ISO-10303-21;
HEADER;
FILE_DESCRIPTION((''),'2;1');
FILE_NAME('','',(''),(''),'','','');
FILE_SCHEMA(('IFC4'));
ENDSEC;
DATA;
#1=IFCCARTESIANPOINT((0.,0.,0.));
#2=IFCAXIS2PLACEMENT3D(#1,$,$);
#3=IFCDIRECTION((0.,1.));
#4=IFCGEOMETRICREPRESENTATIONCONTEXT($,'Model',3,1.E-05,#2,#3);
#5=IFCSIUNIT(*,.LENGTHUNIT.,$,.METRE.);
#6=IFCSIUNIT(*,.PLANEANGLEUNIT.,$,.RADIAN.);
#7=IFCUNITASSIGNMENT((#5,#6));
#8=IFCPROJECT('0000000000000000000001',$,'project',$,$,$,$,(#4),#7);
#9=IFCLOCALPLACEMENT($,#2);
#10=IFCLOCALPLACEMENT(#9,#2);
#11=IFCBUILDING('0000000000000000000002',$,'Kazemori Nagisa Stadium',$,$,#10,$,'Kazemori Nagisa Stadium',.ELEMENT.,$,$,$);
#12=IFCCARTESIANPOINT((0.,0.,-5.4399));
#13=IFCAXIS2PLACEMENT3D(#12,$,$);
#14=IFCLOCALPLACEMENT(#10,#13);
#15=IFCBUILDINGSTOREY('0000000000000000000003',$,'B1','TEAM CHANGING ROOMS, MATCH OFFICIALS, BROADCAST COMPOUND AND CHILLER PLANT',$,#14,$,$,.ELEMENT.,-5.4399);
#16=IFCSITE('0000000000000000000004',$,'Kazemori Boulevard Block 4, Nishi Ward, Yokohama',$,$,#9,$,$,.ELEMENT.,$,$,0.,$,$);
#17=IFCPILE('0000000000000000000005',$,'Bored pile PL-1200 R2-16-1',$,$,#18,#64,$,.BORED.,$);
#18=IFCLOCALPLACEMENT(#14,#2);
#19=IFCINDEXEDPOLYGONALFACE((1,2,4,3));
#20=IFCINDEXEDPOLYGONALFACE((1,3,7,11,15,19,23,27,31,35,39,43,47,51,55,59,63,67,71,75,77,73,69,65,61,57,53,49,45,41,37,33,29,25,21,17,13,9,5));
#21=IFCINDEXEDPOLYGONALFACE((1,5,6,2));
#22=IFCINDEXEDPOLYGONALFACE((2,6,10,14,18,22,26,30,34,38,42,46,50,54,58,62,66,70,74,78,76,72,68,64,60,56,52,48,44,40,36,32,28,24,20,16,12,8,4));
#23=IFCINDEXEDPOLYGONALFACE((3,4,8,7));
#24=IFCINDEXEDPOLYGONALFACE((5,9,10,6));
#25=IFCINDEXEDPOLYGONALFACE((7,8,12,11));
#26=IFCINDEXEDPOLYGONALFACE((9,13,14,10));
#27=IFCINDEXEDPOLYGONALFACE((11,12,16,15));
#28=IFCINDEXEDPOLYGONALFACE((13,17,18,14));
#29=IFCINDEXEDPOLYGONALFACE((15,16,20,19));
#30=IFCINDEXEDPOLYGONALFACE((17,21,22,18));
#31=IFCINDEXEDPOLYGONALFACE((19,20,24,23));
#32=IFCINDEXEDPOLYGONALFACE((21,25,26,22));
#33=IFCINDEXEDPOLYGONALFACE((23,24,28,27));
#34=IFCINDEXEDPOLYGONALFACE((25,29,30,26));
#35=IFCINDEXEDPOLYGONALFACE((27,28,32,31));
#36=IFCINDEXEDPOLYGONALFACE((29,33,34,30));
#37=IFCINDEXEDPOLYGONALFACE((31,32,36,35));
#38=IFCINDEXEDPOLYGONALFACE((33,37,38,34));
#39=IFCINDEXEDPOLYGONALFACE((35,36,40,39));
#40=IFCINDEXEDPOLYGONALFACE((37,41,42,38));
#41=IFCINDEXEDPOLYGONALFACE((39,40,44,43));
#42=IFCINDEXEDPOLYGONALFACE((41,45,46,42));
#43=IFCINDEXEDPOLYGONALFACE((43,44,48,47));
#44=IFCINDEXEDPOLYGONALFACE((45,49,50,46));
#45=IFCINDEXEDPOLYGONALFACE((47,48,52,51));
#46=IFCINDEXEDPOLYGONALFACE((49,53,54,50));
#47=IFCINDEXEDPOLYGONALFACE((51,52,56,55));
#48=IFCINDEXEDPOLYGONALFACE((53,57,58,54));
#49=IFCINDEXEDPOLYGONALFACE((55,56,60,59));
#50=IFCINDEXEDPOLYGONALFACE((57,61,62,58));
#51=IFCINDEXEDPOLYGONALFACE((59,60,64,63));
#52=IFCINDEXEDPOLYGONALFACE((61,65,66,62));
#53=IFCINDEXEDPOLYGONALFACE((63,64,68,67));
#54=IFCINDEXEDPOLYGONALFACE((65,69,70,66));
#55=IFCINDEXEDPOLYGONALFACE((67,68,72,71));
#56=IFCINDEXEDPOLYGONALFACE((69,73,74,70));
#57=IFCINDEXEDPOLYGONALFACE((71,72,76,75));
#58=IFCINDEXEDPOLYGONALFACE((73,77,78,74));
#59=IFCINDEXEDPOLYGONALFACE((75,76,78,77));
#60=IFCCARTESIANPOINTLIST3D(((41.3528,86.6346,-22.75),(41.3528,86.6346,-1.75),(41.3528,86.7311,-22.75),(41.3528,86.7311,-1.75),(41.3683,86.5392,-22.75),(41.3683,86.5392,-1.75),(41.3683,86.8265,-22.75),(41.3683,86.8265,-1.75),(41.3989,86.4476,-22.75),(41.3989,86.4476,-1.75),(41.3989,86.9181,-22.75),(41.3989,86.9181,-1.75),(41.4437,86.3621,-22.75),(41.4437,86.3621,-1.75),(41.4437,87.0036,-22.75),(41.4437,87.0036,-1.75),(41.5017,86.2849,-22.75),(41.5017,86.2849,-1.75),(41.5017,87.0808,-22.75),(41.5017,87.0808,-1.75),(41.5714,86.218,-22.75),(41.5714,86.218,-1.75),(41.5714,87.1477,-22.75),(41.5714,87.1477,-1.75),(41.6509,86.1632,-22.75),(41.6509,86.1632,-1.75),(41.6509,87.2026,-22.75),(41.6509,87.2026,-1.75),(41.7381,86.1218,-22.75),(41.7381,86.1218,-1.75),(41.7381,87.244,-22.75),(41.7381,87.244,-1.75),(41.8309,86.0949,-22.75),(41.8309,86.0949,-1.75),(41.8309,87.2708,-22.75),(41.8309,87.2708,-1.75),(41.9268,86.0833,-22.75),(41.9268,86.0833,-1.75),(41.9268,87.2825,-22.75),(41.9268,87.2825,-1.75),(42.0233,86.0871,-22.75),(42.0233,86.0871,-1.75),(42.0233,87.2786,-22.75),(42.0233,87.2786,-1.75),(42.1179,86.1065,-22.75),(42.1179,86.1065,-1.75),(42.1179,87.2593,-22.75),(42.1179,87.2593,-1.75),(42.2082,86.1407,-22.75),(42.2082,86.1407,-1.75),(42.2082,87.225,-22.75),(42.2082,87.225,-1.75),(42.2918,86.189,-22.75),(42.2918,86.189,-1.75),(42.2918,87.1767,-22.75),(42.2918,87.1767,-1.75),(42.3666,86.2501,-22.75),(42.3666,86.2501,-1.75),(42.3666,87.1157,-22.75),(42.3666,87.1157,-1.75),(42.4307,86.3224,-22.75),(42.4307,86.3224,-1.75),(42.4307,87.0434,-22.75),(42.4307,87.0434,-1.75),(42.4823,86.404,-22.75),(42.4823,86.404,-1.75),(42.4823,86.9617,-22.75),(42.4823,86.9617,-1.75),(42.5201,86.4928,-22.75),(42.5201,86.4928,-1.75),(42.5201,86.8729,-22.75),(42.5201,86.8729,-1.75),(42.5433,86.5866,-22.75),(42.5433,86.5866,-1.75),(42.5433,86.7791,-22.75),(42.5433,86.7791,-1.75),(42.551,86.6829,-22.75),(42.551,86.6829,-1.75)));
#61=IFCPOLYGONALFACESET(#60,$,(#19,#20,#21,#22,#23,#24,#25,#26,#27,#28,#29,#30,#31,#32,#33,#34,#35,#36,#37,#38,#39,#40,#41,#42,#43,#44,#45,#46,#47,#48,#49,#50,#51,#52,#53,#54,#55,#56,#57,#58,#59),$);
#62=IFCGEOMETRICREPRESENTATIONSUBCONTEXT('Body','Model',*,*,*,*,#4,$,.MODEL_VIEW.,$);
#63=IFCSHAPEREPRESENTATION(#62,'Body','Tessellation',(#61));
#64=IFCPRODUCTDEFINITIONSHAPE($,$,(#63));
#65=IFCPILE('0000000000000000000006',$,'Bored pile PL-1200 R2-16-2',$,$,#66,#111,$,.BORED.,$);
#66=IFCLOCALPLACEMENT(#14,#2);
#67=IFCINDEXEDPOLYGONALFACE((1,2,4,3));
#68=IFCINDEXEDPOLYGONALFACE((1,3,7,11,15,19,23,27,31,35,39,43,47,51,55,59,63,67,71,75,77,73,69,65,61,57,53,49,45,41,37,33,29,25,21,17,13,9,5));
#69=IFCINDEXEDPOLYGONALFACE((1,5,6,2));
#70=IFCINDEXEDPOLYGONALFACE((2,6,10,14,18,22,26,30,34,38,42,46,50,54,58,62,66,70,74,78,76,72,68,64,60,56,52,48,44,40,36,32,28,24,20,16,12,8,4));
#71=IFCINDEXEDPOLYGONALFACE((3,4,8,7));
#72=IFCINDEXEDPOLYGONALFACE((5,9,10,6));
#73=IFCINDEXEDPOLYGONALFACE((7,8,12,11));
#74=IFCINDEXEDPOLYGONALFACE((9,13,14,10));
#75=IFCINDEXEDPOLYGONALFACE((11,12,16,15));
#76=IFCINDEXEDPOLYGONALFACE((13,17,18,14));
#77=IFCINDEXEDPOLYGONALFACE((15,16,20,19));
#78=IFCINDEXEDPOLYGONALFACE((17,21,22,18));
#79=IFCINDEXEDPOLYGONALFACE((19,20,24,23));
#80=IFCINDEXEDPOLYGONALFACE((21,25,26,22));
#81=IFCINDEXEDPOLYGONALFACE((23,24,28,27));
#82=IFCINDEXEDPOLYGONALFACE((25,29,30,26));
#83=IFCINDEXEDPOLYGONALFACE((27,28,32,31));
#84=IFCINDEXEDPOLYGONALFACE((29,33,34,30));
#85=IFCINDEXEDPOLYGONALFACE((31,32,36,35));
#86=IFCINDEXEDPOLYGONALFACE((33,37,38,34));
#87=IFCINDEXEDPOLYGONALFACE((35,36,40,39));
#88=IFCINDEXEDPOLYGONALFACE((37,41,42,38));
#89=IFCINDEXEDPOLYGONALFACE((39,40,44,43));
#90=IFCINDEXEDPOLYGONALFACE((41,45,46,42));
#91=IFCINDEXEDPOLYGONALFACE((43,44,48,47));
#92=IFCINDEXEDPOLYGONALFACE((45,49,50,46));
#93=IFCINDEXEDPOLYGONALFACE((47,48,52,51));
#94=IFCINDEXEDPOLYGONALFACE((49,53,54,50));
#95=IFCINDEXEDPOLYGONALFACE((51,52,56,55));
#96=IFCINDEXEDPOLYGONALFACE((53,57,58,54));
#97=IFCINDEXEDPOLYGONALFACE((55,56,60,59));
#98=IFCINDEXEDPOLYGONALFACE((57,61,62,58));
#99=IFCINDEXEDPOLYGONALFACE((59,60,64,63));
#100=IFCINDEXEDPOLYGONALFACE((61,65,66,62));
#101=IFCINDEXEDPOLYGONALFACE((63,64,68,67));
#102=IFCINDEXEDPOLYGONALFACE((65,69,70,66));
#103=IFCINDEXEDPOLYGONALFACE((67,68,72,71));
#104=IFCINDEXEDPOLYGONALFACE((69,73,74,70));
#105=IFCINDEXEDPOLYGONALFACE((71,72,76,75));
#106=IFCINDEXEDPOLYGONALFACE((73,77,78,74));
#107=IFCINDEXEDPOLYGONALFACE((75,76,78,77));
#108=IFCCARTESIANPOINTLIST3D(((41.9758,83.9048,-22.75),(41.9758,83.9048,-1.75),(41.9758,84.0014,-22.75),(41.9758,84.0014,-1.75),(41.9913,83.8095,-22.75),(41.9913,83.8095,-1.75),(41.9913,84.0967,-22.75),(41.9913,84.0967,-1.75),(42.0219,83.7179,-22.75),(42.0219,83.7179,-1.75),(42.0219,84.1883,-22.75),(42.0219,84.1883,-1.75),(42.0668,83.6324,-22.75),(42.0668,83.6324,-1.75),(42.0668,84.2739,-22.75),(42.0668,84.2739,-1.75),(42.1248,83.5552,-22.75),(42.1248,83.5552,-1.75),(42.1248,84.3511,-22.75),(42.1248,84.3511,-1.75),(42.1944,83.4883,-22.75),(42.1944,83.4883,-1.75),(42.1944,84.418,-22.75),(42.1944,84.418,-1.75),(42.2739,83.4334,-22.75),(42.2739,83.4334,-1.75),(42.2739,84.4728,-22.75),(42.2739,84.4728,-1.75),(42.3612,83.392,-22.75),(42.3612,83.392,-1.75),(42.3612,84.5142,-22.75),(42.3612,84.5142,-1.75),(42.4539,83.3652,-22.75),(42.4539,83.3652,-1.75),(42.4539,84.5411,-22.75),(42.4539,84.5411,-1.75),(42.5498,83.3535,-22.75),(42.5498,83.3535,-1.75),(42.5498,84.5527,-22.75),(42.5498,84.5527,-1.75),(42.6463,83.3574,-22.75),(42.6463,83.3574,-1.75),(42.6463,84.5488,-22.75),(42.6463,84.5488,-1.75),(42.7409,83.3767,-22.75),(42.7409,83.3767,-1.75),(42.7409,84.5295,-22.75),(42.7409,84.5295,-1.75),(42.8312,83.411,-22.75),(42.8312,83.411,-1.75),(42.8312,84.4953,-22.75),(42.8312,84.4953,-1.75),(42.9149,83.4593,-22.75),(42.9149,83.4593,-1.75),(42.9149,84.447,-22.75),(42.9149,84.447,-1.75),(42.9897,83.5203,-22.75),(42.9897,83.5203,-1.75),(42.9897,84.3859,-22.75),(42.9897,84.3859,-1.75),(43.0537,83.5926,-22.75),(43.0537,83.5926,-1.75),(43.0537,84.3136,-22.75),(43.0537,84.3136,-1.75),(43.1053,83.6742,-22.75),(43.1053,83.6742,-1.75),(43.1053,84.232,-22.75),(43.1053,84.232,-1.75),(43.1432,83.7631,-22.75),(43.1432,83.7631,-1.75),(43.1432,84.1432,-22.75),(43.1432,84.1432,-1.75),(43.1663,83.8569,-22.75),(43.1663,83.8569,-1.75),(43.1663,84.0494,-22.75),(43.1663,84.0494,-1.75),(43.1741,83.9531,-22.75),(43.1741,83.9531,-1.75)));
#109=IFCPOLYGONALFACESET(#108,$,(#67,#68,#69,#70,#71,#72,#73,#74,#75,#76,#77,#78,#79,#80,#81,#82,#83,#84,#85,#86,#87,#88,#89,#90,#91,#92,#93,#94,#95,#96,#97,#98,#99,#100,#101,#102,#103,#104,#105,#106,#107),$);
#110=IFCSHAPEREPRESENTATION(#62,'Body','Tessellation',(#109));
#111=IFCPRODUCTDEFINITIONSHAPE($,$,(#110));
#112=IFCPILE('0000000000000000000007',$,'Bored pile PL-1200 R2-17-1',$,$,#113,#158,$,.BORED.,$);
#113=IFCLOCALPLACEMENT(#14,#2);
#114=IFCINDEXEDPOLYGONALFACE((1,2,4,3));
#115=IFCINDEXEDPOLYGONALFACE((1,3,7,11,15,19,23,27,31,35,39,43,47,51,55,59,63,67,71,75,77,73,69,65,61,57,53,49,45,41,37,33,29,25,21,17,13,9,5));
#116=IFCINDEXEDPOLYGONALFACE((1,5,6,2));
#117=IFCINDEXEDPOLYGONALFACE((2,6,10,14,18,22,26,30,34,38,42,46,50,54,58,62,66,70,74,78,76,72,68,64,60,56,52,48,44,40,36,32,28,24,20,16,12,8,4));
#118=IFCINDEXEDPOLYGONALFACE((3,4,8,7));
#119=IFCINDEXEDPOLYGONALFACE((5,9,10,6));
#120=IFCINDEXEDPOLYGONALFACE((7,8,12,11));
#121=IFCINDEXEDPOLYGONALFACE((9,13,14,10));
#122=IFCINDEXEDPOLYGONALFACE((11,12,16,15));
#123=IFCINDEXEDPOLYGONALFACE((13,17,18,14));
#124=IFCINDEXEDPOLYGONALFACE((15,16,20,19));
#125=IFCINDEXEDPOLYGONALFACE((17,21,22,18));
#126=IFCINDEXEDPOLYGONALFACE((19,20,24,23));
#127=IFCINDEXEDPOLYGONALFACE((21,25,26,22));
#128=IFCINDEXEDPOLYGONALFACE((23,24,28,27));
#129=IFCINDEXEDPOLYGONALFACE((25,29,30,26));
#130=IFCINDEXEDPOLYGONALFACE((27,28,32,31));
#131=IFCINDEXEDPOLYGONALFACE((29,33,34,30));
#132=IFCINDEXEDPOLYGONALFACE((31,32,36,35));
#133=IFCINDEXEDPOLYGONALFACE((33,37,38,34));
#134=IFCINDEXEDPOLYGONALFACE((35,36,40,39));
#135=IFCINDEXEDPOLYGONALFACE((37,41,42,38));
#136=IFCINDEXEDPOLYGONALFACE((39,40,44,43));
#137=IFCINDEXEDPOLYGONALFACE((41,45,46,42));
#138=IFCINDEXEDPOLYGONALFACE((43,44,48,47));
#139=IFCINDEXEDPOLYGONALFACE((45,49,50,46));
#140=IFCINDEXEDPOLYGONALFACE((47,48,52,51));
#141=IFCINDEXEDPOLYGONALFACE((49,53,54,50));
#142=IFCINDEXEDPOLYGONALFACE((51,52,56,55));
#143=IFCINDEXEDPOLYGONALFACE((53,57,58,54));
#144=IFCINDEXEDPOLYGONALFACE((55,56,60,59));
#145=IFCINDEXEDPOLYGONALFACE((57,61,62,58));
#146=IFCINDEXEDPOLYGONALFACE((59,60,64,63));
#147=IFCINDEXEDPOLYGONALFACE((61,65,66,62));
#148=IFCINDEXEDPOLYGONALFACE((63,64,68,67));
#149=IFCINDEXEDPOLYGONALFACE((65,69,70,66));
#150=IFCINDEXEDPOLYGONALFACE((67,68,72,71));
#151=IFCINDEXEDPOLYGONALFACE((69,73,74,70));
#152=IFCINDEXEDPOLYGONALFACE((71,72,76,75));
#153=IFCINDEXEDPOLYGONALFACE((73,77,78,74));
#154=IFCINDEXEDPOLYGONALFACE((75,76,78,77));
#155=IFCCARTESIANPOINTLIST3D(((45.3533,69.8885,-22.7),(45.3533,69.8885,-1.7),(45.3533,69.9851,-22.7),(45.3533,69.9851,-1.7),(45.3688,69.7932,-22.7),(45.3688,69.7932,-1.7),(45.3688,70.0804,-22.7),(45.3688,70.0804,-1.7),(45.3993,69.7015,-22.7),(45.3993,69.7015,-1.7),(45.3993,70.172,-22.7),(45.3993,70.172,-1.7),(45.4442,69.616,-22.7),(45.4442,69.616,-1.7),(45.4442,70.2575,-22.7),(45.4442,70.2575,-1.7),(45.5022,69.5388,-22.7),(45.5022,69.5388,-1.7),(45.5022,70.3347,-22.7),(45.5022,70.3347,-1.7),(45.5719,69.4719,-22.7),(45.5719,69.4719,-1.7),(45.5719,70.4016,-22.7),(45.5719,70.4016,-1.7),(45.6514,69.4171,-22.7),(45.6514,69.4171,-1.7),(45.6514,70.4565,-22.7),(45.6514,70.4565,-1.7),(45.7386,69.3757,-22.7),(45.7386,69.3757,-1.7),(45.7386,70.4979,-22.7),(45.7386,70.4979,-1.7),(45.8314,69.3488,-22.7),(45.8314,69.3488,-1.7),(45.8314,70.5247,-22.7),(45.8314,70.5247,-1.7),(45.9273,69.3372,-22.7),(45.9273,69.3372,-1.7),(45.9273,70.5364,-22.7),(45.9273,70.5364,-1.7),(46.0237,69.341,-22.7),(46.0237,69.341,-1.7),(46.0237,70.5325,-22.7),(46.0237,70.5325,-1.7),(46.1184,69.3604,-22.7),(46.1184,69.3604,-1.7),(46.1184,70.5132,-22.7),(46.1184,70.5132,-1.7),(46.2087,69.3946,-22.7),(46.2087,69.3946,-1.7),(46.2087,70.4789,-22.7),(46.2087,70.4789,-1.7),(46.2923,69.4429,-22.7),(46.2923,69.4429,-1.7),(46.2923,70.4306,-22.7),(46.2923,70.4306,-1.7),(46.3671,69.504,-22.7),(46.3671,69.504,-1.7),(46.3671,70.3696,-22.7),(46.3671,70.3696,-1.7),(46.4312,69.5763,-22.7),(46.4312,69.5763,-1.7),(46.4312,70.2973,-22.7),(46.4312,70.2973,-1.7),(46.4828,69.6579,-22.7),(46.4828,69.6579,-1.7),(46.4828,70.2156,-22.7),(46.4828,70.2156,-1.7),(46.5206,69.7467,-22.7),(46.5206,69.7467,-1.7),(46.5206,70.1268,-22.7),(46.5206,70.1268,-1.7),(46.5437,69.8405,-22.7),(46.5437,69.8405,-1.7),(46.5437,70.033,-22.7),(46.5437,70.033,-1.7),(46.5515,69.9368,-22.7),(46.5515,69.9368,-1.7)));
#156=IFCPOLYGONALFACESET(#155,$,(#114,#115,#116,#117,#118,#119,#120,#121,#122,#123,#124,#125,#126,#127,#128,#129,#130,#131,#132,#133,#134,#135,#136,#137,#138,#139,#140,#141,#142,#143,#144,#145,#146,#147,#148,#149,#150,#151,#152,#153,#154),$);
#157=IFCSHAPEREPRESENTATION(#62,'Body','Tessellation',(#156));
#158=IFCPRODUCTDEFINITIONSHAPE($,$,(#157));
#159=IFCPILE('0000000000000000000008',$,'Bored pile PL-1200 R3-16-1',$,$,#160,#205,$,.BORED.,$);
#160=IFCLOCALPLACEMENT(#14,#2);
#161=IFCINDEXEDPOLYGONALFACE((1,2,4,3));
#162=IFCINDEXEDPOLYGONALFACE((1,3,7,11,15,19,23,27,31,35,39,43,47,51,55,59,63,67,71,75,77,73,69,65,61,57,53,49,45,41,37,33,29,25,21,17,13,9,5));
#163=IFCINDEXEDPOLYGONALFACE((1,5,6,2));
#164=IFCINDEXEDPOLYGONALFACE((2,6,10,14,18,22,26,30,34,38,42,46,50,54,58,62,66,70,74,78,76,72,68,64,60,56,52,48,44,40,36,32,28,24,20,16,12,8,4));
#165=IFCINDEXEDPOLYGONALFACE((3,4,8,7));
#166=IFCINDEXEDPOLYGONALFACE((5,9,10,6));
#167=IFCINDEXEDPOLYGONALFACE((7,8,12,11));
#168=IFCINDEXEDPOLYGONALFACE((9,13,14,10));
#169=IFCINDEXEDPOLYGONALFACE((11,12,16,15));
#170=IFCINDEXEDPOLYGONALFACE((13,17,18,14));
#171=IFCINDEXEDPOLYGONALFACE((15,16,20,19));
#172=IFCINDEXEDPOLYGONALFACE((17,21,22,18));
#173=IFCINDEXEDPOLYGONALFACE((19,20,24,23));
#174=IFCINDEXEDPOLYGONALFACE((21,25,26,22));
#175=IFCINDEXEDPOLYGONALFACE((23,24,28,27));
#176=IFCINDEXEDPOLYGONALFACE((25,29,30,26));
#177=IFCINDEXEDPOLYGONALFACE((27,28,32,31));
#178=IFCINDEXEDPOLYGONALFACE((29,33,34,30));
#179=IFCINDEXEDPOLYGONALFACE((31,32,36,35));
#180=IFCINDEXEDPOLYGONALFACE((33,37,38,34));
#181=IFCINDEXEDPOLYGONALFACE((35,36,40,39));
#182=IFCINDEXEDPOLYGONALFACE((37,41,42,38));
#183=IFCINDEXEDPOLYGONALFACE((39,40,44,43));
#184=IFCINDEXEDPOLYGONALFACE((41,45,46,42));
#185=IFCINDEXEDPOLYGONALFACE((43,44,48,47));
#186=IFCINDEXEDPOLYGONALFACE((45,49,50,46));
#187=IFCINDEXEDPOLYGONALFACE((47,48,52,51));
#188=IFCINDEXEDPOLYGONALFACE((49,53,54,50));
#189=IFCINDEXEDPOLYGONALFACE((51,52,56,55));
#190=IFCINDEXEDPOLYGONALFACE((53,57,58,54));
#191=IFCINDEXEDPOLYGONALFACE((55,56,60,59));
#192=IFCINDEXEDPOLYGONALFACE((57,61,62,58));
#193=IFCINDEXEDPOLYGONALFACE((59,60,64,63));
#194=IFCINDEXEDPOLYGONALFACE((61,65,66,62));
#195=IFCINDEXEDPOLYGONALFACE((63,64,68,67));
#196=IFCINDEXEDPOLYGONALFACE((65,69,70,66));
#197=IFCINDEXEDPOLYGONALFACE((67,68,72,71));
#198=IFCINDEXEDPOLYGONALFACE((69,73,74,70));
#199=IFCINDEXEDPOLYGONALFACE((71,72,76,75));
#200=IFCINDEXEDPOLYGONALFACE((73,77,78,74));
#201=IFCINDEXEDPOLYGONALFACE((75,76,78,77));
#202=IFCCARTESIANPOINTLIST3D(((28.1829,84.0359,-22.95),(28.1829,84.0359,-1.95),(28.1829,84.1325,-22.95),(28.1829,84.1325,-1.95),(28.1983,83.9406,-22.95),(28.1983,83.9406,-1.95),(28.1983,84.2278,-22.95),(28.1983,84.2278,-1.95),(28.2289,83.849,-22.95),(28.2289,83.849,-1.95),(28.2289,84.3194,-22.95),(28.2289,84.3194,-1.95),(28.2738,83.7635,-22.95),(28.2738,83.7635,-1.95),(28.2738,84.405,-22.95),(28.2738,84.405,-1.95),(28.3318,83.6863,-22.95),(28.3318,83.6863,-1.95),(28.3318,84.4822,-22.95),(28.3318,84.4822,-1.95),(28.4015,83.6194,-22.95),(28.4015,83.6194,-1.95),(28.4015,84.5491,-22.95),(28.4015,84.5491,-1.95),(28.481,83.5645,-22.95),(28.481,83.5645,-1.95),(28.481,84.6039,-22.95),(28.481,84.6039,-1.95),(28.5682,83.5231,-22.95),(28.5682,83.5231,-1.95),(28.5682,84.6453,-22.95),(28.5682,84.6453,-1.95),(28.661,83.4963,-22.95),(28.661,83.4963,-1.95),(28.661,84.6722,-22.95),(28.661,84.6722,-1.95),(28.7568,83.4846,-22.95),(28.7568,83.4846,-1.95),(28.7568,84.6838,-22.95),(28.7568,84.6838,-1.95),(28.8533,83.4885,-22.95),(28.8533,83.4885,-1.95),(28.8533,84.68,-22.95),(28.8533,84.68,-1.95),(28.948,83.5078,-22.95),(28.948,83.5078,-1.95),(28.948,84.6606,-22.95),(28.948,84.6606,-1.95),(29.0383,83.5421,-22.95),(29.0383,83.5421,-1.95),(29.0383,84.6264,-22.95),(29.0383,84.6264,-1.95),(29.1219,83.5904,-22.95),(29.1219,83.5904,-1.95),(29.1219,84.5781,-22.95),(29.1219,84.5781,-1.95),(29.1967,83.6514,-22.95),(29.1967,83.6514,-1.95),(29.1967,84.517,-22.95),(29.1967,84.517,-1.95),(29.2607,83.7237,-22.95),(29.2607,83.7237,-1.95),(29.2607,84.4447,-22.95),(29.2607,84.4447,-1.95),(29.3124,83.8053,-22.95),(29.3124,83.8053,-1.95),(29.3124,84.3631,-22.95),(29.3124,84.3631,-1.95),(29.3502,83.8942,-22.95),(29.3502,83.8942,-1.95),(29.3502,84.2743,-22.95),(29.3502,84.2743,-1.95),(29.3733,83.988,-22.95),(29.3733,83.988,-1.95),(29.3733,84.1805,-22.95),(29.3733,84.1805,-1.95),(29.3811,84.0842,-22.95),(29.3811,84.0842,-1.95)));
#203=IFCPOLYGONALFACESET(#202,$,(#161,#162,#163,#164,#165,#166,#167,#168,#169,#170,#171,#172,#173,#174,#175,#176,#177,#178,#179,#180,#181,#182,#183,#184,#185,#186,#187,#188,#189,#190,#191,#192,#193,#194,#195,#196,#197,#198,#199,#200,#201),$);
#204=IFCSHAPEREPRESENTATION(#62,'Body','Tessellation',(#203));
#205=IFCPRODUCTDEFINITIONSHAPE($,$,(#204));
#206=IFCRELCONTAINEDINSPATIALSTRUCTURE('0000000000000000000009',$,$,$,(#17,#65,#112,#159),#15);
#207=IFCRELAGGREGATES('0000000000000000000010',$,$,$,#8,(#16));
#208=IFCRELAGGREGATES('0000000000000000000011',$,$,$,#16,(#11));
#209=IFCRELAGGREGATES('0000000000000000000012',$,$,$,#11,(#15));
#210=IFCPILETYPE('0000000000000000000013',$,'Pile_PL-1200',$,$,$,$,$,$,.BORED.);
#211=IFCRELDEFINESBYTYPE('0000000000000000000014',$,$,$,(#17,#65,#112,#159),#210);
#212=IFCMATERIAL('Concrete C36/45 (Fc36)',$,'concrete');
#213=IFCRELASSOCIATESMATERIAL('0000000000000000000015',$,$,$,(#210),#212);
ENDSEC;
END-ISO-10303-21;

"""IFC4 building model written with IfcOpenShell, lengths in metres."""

from ifc_helpers import new_model, si_unit, direction, frame, origin, origin_2d, place, context, subcontext, project, spatial, circle, extrude, material, material_profile, profile_set, type_object, element, save


model = new_model("IFC4")

# Units and contexts
model_context = context("Model", 3, precision=1e-05, world=origin(), true_north=direction((0.0, 1.0)))
body_context = subcontext(model_context, "Body", "Model", "MODEL_VIEW")
ifc_project = project(units=[si_unit("LENGTHUNIT", "METRE"), si_unit("PLANEANGLEUNIT", "RADIAN")], contexts=[model_context])

# Site, building, storey
site_placement = place(None, origin())
site = spatial("IfcSite", under=ifc_project, at=site_placement, Name="Kazemori Boulevard Block 4, Nishi Ward, Yokohama", CompositionType="ELEMENT", RefElevation=0.0)
building_placement = place(site_placement, origin())
building = spatial("IfcBuilding", under=site, at=building_placement, Name="Kazemori Nagisa Stadium", LongName="Kazemori Nagisa Stadium", CompositionType="ELEMENT")
storey_placement = place(building_placement, frame((0.0, 0.0, -5.4399)))
storey = spatial("IfcBuildingStorey", under=building, at=storey_placement, Name="B1", Description="TEAM CHANGING ROOMS, MATCH OFFICIALS, BROADCAST COMPOUND AND CHILLER PLANT", CompositionType="ELEMENT", Elevation=-5.4399)

# Piles
ifc_material_1 = material(Name="Concrete C36/45 (Fc36)", Category="concrete")
ifc_material_profile_1 = material_profile(ifc_material_1, circle(Radius=0.6001, at=origin_2d()), Name="PILE-D1200")
ifc_profile_set_1 = profile_set([ifc_material_profile_1], Name="Concrete C36/45 (Fc36)")
pile_type = type_object("IfcPileType", Name="Pile_PL-1200", PredefinedType="BORED", material=ifc_profile_set_1)
for number, where, z_axis, x_axis, name in (
    (1, (41.9509, 86.6829, -1.75), (0.0, 0.0, -1.0), (1.0, 0.0, 0.0), "Bored pile PL-1200 R2-16-1"),
    (2, (42.574, 83.9531, -1.75), (0.0, 0.0, -1.0), (1.0, 0.0, 0.0), "Bored pile PL-1200 R2-16-2"),
    (3, (45.9514, 69.9368, -1.7), (0.0, 0.0, -1.0), (1.0, 0.0, 0.0), "Bored pile PL-1200 R2-17-1"),
    (4, (28.781, 84.0842, -1.95), (0.0, 0.0, -1.0), (1.0, 0.0, 0.0), "Bored pile PL-1200 R3-16-1"),
):
    element("IfcPile", number, at=place(storey_placement, frame(where, z_axis=z_axis, x_axis=x_axis)), inside=storey, type_object=pile_type, Name=name, PredefinedType="BORED", context=body_context, shape_type="SweptSolid", body=[
        extrude(circle(Radius=0.6001, at=origin_2d()), origin(), (0.0, 0.0, 1.0), 21.0),
    ])

save(model, "model.ifc")
